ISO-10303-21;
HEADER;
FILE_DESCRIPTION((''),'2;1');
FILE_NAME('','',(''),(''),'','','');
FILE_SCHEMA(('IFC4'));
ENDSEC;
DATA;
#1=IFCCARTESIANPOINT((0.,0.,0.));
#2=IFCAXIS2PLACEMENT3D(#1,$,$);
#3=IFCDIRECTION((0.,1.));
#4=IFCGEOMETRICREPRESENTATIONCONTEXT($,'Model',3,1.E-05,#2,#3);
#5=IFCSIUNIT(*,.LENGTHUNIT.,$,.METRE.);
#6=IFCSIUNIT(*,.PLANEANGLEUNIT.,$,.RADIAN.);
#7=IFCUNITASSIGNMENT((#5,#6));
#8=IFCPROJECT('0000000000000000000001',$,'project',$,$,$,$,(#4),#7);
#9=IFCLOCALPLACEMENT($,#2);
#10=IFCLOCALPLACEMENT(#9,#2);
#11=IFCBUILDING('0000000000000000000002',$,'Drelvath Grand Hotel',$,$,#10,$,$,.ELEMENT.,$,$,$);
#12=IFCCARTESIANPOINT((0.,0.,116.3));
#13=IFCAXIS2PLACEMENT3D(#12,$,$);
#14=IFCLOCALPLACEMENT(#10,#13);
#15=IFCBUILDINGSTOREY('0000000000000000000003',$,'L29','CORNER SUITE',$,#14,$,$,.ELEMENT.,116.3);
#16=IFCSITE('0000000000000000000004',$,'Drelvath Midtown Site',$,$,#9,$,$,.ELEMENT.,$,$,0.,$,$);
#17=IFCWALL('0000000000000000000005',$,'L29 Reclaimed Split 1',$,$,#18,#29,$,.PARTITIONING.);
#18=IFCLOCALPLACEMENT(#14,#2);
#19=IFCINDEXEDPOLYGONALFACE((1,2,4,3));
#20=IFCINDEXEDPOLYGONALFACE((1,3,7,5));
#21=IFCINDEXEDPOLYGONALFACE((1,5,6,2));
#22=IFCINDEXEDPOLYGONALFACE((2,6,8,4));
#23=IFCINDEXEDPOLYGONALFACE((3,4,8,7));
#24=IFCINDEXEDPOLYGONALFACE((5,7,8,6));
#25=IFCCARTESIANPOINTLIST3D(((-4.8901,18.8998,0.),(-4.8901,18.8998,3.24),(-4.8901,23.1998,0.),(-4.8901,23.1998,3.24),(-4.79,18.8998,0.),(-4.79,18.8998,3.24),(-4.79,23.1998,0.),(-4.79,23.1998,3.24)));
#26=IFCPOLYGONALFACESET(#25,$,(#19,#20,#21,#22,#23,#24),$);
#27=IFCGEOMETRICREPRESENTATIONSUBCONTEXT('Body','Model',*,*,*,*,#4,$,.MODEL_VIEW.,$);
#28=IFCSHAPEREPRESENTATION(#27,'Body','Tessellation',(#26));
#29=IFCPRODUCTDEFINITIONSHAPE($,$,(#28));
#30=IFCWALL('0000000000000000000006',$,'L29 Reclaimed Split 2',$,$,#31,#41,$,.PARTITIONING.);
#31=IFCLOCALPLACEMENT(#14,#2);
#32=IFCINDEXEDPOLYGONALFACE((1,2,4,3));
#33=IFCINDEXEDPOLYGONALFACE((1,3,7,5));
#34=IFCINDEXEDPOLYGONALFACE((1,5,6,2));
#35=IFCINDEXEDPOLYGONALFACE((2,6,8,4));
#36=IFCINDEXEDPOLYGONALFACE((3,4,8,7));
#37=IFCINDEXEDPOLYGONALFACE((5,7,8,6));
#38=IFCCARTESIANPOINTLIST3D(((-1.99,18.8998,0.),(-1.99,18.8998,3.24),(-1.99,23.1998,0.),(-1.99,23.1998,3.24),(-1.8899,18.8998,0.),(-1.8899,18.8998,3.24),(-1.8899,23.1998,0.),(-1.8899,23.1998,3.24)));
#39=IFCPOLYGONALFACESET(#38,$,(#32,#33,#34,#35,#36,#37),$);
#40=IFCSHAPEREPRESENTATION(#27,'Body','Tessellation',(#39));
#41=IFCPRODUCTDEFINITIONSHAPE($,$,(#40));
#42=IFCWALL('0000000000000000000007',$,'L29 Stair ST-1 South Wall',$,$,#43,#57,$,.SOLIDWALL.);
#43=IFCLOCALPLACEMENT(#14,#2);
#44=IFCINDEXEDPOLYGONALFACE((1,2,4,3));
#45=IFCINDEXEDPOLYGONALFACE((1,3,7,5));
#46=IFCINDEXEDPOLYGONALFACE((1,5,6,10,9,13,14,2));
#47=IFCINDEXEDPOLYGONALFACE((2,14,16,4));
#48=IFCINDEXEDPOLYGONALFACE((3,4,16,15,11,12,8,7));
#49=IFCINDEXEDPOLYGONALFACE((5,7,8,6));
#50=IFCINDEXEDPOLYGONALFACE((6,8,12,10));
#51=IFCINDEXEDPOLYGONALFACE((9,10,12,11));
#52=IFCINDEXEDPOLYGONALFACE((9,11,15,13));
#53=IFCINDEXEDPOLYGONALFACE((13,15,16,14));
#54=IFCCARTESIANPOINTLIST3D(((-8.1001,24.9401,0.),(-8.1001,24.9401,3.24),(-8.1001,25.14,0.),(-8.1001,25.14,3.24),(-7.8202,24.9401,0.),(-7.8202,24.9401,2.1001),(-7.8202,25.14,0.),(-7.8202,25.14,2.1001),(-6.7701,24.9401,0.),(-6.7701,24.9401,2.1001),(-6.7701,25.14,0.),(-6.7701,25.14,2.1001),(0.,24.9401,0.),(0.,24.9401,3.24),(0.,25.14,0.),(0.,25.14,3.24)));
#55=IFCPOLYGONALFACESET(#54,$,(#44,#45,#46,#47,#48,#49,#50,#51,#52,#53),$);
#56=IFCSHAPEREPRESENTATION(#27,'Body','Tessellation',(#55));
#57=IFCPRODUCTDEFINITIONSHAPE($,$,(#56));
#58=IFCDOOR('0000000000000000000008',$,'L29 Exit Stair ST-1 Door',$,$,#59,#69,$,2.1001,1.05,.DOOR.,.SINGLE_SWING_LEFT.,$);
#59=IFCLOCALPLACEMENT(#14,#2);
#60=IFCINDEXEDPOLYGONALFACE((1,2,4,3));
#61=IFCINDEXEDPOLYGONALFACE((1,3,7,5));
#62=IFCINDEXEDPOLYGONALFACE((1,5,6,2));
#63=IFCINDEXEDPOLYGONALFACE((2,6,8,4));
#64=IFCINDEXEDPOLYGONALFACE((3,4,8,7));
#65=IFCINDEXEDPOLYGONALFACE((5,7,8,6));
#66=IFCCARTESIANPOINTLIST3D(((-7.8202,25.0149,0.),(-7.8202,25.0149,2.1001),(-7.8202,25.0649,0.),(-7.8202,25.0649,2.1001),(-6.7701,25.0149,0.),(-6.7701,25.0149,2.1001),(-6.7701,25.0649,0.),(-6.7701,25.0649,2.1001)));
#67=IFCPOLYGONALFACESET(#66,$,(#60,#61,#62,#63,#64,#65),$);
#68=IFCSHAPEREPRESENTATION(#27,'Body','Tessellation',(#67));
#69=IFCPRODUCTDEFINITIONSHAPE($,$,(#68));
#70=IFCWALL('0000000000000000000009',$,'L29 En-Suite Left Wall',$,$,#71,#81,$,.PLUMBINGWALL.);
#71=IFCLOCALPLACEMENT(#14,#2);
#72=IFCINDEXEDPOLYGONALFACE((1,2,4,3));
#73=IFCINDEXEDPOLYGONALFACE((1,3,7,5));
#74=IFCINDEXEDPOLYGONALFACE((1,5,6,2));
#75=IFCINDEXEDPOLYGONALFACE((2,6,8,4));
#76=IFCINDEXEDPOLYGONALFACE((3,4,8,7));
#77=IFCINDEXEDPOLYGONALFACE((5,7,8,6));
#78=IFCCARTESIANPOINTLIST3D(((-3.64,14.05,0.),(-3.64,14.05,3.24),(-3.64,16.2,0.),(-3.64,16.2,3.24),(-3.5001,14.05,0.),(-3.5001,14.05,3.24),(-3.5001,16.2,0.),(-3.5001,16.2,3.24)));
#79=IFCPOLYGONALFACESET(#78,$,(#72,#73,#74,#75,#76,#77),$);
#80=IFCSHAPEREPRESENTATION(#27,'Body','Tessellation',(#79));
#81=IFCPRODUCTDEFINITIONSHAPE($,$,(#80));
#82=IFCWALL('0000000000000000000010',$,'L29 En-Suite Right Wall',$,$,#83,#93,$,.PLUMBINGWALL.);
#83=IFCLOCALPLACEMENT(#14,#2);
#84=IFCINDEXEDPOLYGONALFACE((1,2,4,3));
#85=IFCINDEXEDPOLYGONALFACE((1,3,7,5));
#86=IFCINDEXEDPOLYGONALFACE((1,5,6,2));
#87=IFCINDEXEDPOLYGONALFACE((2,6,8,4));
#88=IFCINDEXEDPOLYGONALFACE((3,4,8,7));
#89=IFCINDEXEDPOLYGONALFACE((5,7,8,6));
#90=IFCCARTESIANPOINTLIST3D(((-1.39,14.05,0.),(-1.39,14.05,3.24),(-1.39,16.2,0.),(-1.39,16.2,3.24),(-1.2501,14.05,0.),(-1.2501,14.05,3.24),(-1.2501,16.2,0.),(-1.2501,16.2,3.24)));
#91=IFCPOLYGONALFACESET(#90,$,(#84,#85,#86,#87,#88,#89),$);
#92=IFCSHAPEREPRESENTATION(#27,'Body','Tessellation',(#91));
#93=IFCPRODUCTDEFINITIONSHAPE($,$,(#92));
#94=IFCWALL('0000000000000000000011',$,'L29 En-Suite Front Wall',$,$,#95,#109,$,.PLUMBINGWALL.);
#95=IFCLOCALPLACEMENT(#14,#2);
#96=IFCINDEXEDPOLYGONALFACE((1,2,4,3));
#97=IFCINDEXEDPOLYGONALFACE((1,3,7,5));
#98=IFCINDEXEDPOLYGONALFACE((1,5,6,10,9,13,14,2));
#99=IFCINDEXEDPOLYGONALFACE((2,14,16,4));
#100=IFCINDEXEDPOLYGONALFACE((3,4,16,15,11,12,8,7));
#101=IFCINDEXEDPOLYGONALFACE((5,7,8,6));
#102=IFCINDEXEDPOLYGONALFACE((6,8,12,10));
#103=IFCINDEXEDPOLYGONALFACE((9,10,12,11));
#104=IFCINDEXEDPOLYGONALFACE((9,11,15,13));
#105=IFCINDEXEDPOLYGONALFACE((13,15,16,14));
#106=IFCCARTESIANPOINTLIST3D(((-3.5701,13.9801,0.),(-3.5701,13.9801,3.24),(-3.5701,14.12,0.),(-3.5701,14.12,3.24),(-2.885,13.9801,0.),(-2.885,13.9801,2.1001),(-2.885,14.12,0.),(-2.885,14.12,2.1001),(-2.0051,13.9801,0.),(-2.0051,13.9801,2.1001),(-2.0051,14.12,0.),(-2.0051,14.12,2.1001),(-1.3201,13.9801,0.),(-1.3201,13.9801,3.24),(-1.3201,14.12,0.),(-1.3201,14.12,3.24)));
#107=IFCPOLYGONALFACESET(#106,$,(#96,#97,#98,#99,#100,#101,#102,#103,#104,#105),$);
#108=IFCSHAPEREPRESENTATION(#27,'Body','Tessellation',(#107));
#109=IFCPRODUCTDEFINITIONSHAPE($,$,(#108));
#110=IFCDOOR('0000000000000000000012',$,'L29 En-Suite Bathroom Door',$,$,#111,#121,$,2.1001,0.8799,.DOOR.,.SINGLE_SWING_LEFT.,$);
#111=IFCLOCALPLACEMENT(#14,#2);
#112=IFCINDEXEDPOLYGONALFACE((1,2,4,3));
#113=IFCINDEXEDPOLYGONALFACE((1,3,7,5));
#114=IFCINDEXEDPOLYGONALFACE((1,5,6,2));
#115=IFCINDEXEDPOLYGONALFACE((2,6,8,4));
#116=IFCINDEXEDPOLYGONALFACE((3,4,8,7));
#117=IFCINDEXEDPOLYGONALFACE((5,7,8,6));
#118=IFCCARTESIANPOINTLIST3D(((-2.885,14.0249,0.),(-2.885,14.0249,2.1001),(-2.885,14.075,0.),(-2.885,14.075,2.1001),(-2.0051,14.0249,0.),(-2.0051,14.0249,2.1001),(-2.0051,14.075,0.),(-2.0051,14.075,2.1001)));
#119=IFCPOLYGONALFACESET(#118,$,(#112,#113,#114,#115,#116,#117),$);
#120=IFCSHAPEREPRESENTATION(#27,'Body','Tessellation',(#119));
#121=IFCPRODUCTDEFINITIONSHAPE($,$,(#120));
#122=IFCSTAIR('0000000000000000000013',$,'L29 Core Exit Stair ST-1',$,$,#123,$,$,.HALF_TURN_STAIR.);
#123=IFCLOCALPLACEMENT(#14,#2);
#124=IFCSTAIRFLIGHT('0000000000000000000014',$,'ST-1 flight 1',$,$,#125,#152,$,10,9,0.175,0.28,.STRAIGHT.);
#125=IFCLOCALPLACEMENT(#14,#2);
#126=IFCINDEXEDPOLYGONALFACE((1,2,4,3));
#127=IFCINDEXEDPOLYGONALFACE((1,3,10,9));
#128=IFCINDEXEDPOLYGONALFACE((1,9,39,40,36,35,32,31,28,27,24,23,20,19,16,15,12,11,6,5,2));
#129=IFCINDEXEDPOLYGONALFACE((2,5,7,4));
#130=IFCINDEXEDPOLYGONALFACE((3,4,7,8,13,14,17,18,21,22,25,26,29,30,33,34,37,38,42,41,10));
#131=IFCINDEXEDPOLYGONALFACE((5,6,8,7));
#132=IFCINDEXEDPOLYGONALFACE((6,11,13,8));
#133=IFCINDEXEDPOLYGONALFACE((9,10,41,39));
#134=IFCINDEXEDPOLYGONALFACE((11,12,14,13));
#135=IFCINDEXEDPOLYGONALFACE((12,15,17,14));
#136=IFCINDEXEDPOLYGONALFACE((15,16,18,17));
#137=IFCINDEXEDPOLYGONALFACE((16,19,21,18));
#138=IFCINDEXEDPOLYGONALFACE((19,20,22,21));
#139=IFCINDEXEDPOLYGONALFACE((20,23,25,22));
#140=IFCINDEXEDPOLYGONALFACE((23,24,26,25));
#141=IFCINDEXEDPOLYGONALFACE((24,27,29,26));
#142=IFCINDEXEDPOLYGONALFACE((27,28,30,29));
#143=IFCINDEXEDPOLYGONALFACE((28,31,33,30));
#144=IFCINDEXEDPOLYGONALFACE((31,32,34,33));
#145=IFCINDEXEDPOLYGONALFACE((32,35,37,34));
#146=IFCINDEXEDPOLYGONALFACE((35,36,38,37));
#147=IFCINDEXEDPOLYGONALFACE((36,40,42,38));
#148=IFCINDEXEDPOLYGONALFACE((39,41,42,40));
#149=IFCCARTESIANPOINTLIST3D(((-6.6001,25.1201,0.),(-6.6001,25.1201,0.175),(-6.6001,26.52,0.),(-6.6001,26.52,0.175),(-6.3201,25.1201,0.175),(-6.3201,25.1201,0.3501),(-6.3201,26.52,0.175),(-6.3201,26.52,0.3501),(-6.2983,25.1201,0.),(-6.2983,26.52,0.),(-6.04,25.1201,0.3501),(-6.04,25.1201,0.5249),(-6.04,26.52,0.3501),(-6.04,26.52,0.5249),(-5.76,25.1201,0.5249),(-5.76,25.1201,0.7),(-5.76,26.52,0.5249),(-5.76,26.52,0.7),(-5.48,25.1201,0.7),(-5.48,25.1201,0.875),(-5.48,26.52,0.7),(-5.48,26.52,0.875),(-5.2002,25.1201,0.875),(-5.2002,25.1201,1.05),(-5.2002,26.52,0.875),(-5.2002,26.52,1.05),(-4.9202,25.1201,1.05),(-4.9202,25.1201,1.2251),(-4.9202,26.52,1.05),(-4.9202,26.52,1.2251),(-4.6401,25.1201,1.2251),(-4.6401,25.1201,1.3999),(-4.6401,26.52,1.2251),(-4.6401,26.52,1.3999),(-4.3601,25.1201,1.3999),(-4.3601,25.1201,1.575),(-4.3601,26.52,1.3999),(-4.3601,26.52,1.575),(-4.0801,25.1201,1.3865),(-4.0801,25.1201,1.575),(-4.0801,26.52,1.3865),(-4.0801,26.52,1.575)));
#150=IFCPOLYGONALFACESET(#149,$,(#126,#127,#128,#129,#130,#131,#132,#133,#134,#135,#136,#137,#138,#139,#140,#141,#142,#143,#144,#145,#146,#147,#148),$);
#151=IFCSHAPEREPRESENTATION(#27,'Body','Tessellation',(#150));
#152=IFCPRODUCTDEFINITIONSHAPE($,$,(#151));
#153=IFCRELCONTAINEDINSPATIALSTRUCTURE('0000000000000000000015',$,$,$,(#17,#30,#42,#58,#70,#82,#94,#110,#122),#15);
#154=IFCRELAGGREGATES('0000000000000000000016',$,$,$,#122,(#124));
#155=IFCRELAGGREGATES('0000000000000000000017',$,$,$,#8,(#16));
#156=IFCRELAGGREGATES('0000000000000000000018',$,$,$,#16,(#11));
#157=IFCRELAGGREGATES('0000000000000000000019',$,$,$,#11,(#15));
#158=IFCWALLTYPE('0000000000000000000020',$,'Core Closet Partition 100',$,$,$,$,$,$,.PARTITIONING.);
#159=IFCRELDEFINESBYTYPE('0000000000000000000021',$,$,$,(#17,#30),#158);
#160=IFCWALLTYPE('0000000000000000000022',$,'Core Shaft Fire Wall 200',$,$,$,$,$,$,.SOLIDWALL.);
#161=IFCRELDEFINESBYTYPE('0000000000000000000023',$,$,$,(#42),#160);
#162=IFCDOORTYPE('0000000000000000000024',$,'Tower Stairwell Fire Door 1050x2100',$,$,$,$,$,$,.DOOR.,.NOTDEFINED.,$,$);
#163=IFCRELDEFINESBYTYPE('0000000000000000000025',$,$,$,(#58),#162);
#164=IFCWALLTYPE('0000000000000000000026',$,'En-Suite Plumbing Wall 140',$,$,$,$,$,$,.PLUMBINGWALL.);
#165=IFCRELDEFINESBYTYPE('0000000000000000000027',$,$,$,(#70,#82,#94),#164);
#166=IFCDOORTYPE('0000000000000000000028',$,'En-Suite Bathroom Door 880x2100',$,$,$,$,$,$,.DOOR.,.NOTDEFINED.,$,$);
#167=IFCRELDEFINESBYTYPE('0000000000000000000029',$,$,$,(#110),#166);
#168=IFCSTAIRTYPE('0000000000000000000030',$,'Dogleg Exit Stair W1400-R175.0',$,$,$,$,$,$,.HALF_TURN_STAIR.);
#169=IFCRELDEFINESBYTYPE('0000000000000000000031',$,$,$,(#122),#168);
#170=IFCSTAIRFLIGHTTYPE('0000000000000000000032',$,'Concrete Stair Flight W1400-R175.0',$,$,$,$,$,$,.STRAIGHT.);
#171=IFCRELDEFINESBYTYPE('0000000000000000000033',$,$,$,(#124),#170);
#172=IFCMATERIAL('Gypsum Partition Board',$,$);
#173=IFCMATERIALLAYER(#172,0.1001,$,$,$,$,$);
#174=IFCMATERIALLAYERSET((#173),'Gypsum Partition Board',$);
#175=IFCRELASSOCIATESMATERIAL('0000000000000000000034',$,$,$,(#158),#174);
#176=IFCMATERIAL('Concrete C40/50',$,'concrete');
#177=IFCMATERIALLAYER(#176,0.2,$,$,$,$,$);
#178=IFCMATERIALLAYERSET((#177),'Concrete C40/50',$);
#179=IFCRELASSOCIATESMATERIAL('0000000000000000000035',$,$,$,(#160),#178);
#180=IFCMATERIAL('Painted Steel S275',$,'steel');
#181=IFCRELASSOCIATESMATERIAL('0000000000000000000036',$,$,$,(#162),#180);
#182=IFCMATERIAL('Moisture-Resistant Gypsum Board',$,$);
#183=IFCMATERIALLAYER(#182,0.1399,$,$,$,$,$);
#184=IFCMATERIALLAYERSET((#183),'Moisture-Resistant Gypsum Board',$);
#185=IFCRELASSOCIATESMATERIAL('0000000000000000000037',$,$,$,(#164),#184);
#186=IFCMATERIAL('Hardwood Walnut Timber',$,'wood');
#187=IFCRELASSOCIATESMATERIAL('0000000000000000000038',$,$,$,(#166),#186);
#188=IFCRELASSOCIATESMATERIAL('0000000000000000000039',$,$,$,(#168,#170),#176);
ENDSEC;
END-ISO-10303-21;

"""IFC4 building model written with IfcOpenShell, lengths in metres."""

from ifc_helpers import new_model, si_unit, direction, frame, frame_2d, origin, place, context, subcontext, project, spatial, polyline, rectangle, outline, extrude, material, layer, layer_set, type_object, element, fill, aggregate, save


model = new_model("IFC4")

# Units and contexts
model_context = context("Model", 3, precision=1e-05, world=origin(), true_north=direction((0.0, 1.0)))
body_context = subcontext(model_context, "Body", "Model", "MODEL_VIEW")
ifc_project = project(units=[si_unit("LENGTHUNIT", "METRE"), si_unit("PLANEANGLEUNIT", "RADIAN")], contexts=[model_context])

# Site, building, storey
site_placement = place(None, origin())
site = spatial("IfcSite", under=ifc_project, at=site_placement, Name="Drelvath Midtown Site", CompositionType="ELEMENT", RefElevation=0.0)
building_placement = place(site_placement, origin())
building = spatial("IfcBuilding", under=site, at=building_placement, Name="Drelvath Grand Hotel", CompositionType="ELEMENT")
storey_placement = place(building_placement, frame((0.0, 0.0, 116.3)))
storey = spatial("IfcBuildingStorey", under=building, at=storey_placement, Name="L29", Description="CORNER SUITE", CompositionType="ELEMENT", Elevation=116.3)

# Walls
ifc_material_1 = material(Name="Gypsum Partition Board")
ifc_layer_1 = layer(ifc_material_1, 0.1001)
ifc_layer_set_1 = layer_set([ifc_layer_1], Name="Gypsum Partition Board")
wall_type_1 = type_object("IfcWallType", Name="Core Closet Partition 100", PredefinedType="PARTITIONING", material=ifc_layer_set_1)
for number, where, z_axis, x_axis, name in (
    (1, (-4.8401, 18.8999, 0.0), (0.0, 0.0, 1.0), (0.0, 1.0, 0.0), "L29 Reclaimed Split 1"),
    (2, (-1.9399, 18.8999, 0.0), (0.0, 0.0, 1.0), (0.0, 1.0, 0.0), "L29 Reclaimed Split 2"),
):
    element("IfcWall", number, at=place(storey_placement, frame(where, z_axis=z_axis, x_axis=x_axis)), inside=storey, type_object=wall_type_1, Name=name, PredefinedType="PARTITIONING", context=body_context, shape_type="SweptSolid", body=[
        extrude(rectangle(XDim=4.3, YDim=0.1001, at=frame_2d((2.1499, 0.0))), origin(), (0.0, 0.0, 1.0), 3.24),
    ])

# Wall, opening, door
ifc_material_2 = material(Name="Concrete C40/50", Category="concrete")
ifc_layer_2 = layer(ifc_material_2, 0.2)
ifc_layer_set_2 = layer_set([ifc_layer_2], Name="Concrete C40/50")
wall_type_2 = type_object("IfcWallType", Name="Core Shaft Fire Wall 200", PredefinedType="SOLIDWALL", material=ifc_layer_set_2)
wall_1_placement = place(storey_placement, frame((-8.1001, 25.04, 0.0), z_axis=(0.0, 0.0, 1.0), x_axis=(1.0, 0.0, 0.0)))
wall_1 = element("IfcWall", 3, at=wall_1_placement, inside=storey, type_object=wall_type_2, Name="L29 Stair ST-1 South Wall", PredefinedType="SOLIDWALL", context=body_context, shape_type="SweptSolid", body=[
    extrude(rectangle(XDim=8.1001, YDim=0.2, at=frame_2d((4.05, 0.0))), origin(), (0.0, 0.0, 1.0), 3.24),
])
opening_1_placement = place(wall_1_placement, frame((0.28, 0.0, 0.0)))
opening_1 = element("IfcOpeningElement", 4, at=opening_1_placement, cuts=wall_1, PredefinedType="OPENING", context=body_context, shape_type="SweptSolid", body=[
    extrude(rectangle(XDim=1.05, YDim=2.1001, at=frame_2d((0.5249, 1.05))), frame((0.0, 0.1099, 0.0), z_axis=(0.0, -1.0, 0.0), x_axis=(1.0, 0.0, 0.0)), (0.0, 0.0, 1.0), 0.22),
])
ifc_material_3 = material(Name="Painted Steel S275", Category="steel")
door_type_1 = type_object("IfcDoorType", Name="Tower Stairwell Fire Door 1050x2100", OperationType="NOTDEFINED", PredefinedType="DOOR", material=ifc_material_3)
door_1_placement = place(opening_1_placement, origin())
door_1 = element("IfcDoor", 5, at=door_1_placement, inside=storey, type_object=door_type_1, Name="L29 Exit Stair ST-1 Door", OperationType="SINGLE_SWING_LEFT", OverallHeight=2.1001, OverallWidth=1.05, PredefinedType="DOOR", context=body_context, shape_type="SweptSolid", body=[
    extrude(rectangle(XDim=1.05, YDim=2.1001, at=frame_2d((0.5249, 1.05))), frame((0.0, 0.0249, 0.0), z_axis=(0.0, -1.0, 0.0), x_axis=(1.0, 0.0, 0.0)), (0.0, 0.0, 1.0), 0.05),
])
fill(opening_1, door_1)

# Walls
ifc_material_4 = material(Name="Moisture-Resistant Gypsum Board")
ifc_layer_3 = layer(ifc_material_4, 0.1399)
ifc_layer_set_3 = layer_set([ifc_layer_3], Name="Moisture-Resistant Gypsum Board")
wall_type_3 = type_object("IfcWallType", Name="En-Suite Plumbing Wall 140", PredefinedType="PLUMBINGWALL", material=ifc_layer_set_3)
for number, where, z_axis, x_axis, name in (
    (6, (-3.5701, 16.2, 0.0), (0.0, 0.0, 1.0), (0.0, -1.0, 0.0), "L29 En-Suite Left Wall"),
    (7, (-1.3201, 16.2, 0.0), (0.0, 0.0, 1.0), (0.0, -1.0, 0.0), "L29 En-Suite Right Wall"),
):
    element("IfcWall", number, at=place(storey_placement, frame(where, z_axis=z_axis, x_axis=x_axis)), inside=storey, type_object=wall_type_3, Name=name, PredefinedType="PLUMBINGWALL", context=body_context, shape_type="SweptSolid", body=[
        extrude(rectangle(XDim=2.1499, YDim=0.1399, at=frame_2d((1.075, 0.0))), origin(), (0.0, 0.0, 1.0), 3.24),
    ])

# Wall, opening, door
wall_2_placement = place(storey_placement, frame((-3.5701, 14.05, 0.0), z_axis=(0.0, 0.0, 1.0), x_axis=(1.0, 0.0, 0.0)))
wall_2 = element("IfcWall", 8, at=wall_2_placement, inside=storey, type_object=wall_type_3, Name="L29 En-Suite Front Wall", PredefinedType="PLUMBINGWALL", context=body_context, shape_type="SweptSolid", body=[
    extrude(rectangle(XDim=2.25, YDim=0.1399, at=frame_2d((1.125, 0.0))), origin(), (0.0, 0.0, 1.0), 3.24),
])
opening_2_placement = place(wall_2_placement, frame((0.6851, 0.0, 0.0)))
opening_2 = element("IfcOpeningElement", 9, at=opening_2_placement, cuts=wall_2, PredefinedType="OPENING", context=body_context, shape_type="SweptSolid", body=[
    extrude(rectangle(XDim=0.8799, YDim=2.1001, at=frame_2d((0.4399, 1.05))), frame((0.0, 0.0798, 0.0), z_axis=(0.0, -1.0, 0.0), x_axis=(1.0, 0.0, 0.0)), (0.0, 0.0, 1.0), 0.1599),
])
ifc_material_5 = material(Name="Hardwood Walnut Timber", Category="wood")
door_type_2 = type_object("IfcDoorType", Name="En-Suite Bathroom Door 880x2100", OperationType="NOTDEFINED", PredefinedType="DOOR", material=ifc_material_5)
door_2_placement = place(opening_2_placement, origin())
door_2 = element("IfcDoor", 10, at=door_2_placement, inside=storey, type_object=door_type_2, Name="L29 En-Suite Bathroom Door", OperationType="SINGLE_SWING_LEFT", OverallHeight=2.1001, OverallWidth=0.8799, PredefinedType="DOOR", context=body_context, shape_type="SweptSolid", body=[
    extrude(rectangle(XDim=0.8799, YDim=2.1001, at=frame_2d((0.4399, 1.05))), frame((0.0, 0.0249, 0.0), z_axis=(0.0, -1.0, 0.0), x_axis=(1.0, 0.0, 0.0)), (0.0, 0.0, 1.0), 0.05),
])
fill(opening_2, door_2)

# Stair, stair flight
stair_type = type_object("IfcStairType", Name="Dogleg Exit Stair W1400-R175.0", PredefinedType="HALF_TURN_STAIR", material=ifc_material_2)
stair_placement = place(storey_placement, origin())
stair = element("IfcStair", 11, at=stair_placement, inside=storey, type_object=stair_type, Name="L29 Core Exit Stair ST-1", PredefinedType="HALF_TURN_STAIR")
stair_flight_type = type_object("IfcStairFlightType", Name="Concrete Stair Flight W1400-R175.0", PredefinedType="STRAIGHT", material=ifc_material_2)
stair_flight_placement = place(storey_placement, frame((-6.6001, 25.8201, 0.0), z_axis=(0.0, 0.0, 1.0), x_axis=(1.0, 0.0, 0.0)))
stair_flight = element("IfcStairFlight", 12, at=stair_flight_placement, type_object=stair_flight_type, Name="ST-1 flight 1", NumberOfRisers=10, NumberOfTreads=9, PredefinedType="STRAIGHT", RiserHeight=0.175, TreadLength=0.28, context=body_context, shape_type="SweptSolid", body=[
    extrude(outline(polyline([(0.0, 0.0), (0.0, 0.175), (0.28, 0.175), (0.28, 0.3501), (0.5601, 0.3501), (0.5601, 0.5249), (0.8401, 0.5249), (0.8401, 0.7), (1.1201, 0.7), (1.1201, 0.875), (1.3999, 0.875), (1.3999, 1.05), (1.6799, 1.05), (1.6799, 1.2251), (1.96, 1.2251), (1.96, 1.3999), (2.24, 1.3999), (2.24, 1.575), (2.52, 1.575), (2.52, 1.75), (2.52, 1.3865), (0.3018, 0.0), (0.0, 0.0)])), frame((0.0, 0.7, 0.0), z_axis=(0.0, -1.0, 0.0), x_axis=(1.0, 0.0, 0.0)), (0.0, 0.0, 1.0), 1.3999),
])
aggregate(stair, [stair_flight])

save(model, "model.ifc")
